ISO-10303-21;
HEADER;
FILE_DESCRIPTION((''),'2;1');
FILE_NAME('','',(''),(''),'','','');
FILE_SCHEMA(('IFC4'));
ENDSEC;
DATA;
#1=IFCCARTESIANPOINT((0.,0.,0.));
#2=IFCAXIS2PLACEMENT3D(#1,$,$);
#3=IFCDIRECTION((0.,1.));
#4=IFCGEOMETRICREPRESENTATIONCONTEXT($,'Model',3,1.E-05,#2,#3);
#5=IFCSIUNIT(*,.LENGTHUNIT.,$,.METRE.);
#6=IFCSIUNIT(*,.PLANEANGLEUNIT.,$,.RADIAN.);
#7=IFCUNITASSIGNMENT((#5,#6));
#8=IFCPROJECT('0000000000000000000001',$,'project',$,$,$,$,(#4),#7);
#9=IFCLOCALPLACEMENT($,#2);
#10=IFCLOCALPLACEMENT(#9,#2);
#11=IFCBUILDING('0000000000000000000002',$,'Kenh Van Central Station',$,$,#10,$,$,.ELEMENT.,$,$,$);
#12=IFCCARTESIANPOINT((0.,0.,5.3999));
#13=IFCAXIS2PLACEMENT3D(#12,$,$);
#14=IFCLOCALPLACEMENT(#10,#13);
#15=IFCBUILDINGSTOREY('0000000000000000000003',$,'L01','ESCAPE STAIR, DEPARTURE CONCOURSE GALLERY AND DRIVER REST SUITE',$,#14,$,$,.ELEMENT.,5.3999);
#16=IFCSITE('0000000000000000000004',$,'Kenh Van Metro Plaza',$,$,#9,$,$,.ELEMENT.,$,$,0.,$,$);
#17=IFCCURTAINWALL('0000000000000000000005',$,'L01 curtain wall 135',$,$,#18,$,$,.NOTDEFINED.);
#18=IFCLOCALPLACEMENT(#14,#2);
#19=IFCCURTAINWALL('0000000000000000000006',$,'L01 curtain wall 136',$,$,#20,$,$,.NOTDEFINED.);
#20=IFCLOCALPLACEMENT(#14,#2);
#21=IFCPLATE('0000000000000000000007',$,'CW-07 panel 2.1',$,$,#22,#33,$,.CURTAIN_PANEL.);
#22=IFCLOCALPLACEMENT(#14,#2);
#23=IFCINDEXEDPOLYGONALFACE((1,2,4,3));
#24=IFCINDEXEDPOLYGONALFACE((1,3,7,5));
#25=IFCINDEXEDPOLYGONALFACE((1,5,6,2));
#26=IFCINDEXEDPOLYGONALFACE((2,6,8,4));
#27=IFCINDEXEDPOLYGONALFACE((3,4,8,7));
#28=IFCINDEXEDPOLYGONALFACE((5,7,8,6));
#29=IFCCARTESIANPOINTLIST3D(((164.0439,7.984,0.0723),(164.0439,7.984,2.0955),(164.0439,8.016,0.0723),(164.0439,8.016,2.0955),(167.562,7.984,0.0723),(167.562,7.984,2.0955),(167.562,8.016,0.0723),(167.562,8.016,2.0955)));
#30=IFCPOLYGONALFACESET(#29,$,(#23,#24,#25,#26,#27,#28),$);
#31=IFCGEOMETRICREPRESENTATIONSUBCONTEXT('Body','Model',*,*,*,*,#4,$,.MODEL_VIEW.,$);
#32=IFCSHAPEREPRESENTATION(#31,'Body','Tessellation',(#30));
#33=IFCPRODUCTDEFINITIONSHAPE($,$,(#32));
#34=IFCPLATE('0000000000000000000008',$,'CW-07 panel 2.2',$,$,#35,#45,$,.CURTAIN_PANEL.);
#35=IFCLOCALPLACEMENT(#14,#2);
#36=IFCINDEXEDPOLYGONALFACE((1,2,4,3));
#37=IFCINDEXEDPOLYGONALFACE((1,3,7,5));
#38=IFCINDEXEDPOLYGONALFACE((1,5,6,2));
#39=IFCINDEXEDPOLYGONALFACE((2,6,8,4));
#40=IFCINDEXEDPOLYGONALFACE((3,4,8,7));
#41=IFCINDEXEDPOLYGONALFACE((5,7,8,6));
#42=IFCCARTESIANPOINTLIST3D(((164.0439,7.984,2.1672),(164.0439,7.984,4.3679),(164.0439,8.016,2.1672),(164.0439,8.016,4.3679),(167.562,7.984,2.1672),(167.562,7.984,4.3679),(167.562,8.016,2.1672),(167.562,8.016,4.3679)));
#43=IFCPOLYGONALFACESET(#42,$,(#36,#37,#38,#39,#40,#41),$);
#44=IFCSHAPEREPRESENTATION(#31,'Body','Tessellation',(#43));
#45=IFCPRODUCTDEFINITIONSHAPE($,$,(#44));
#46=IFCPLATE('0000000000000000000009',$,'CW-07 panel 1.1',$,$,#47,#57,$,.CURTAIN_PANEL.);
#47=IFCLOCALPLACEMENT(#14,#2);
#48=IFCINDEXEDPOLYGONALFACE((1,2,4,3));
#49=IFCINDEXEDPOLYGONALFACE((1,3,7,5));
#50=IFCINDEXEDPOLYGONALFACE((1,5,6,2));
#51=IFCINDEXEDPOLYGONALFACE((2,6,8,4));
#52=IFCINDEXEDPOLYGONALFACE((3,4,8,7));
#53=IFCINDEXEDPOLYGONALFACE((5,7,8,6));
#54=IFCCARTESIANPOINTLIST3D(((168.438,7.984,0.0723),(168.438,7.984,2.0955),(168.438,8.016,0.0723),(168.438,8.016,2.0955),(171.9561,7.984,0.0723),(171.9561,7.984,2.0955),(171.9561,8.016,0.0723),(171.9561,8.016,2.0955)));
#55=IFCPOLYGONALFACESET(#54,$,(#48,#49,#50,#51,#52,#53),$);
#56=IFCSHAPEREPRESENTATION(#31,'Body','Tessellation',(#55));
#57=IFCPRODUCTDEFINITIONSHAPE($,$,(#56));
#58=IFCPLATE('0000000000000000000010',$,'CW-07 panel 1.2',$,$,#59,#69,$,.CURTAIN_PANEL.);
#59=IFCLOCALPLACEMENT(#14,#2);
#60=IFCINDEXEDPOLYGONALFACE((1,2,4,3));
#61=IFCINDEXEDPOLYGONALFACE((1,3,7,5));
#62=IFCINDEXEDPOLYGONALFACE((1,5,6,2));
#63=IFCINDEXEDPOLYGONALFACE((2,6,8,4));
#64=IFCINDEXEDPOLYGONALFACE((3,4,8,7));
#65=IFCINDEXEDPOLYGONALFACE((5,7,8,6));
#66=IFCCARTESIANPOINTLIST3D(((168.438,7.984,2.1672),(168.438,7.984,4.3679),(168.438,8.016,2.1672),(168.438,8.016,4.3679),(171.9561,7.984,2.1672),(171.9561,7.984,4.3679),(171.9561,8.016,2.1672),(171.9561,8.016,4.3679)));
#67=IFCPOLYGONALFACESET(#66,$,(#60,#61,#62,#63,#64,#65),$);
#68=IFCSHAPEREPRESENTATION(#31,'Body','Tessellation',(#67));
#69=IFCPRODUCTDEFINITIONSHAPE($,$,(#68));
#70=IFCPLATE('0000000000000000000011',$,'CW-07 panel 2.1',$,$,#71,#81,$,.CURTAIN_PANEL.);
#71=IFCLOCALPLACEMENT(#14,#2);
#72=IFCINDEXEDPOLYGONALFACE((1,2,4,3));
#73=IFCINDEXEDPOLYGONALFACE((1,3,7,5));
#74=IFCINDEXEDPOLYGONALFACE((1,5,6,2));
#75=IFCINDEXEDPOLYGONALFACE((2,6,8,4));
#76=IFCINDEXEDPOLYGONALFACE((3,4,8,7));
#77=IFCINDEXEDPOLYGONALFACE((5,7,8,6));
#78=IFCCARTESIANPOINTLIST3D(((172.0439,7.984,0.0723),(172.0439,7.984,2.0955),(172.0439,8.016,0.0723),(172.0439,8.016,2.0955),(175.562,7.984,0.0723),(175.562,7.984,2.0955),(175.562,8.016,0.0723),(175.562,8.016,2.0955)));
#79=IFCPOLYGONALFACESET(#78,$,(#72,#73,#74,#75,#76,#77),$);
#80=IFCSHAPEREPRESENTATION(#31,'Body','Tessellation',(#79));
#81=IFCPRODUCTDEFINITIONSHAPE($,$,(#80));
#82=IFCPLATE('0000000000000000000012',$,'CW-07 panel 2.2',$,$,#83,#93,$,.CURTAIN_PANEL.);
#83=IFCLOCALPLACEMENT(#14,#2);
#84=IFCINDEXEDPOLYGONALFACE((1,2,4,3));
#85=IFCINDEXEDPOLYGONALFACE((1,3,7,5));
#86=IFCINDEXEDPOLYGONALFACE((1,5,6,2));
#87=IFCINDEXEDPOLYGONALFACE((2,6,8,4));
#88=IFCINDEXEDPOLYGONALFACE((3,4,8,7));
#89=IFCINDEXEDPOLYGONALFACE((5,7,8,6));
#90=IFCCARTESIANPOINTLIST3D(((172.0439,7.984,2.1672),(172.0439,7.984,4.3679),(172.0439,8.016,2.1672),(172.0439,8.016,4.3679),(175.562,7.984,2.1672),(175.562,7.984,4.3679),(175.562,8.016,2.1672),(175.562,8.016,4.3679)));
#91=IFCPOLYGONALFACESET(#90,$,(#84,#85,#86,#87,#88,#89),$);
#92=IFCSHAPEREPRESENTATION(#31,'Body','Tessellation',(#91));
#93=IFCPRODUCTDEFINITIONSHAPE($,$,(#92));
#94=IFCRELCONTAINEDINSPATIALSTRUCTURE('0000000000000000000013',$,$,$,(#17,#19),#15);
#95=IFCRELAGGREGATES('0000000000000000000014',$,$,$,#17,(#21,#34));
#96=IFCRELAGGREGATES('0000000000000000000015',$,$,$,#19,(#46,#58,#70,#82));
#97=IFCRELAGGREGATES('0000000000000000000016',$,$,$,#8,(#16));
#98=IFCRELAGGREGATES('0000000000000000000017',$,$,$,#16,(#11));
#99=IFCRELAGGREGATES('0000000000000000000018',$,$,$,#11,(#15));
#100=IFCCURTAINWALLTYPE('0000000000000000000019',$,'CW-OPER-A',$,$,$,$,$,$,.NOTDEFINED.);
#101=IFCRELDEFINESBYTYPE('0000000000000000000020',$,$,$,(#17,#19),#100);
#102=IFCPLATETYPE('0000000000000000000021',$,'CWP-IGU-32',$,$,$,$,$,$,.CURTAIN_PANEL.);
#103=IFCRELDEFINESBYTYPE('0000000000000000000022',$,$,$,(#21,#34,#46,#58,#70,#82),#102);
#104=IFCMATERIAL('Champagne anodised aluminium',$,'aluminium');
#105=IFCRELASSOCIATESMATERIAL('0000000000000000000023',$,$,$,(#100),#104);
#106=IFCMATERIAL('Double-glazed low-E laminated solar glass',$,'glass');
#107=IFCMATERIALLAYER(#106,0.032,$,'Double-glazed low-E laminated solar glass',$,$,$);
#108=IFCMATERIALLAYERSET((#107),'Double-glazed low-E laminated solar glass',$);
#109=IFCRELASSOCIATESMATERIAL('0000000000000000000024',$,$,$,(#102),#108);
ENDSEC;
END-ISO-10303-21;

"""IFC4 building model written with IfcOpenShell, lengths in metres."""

from ifc_helpers import new_model, si_unit, direction, frame, origin, origin_2d, place, context, subcontext, project, spatial, rectangle, extrude, material, layer, layer_set, type_object, element, aggregate, save


model = new_model("IFC4")

# Units and contexts
model_context = context("Model", 3, precision=1e-05, world=origin(), true_north=direction((0.0, 1.0)))
body_context = subcontext(model_context, "Body", "Model", "MODEL_VIEW")
ifc_project = project(units=[si_unit("LENGTHUNIT", "METRE"), si_unit("PLANEANGLEUNIT", "RADIAN")], contexts=[model_context])

# Site, building, storey
site_placement = place(None, origin())
site = spatial("IfcSite", under=ifc_project, at=site_placement, Name="Kenh Van Metro Plaza", CompositionType="ELEMENT", RefElevation=0.0)
building_placement = place(site_placement, origin())
building = spatial("IfcBuilding", under=site, at=building_placement, Name="Kenh Van Central Station", CompositionType="ELEMENT")
storey_placement = place(building_placement, frame((0.0, 0.0, 5.3999)))
storey = spatial("IfcBuildingStorey", under=building, at=storey_placement, Name="L01", Description="ESCAPE STAIR, DEPARTURE CONCOURSE GALLERY AND DRIVER REST SUITE", CompositionType="ELEMENT", Elevation=5.3999)

# Curtain walls
ifc_material_1 = material(Name="Champagne anodised aluminium", Category="aluminium")
curtain_wall_type = type_object("IfcCurtainWallType", Name="CW-OPER-A", PredefinedType="NOTDEFINED", material=ifc_material_1)
curtain_wall_1_placement = place(storey_placement, origin())
curtain_wall_1 = element("IfcCurtainWall", 1, at=curtain_wall_1_placement, inside=storey, type_object=curtain_wall_type, Name="L01 curtain wall 135", PredefinedType="NOTDEFINED")
curtain_wall_2_placement = place(storey_placement, origin())
curtain_wall_2 = element("IfcCurtainWall", 2, at=curtain_wall_2_placement, inside=storey, type_object=curtain_wall_type, Name="L01 curtain wall 136", PredefinedType="NOTDEFINED")

# Plates
ifc_material_2 = material(Name="Double-glazed low-E laminated solar glass", Category="glass")
ifc_layer = layer(ifc_material_2, 0.032, Name="Double-glazed low-E laminated solar glass")
ifc_layer_set = layer_set([ifc_layer], Name="Double-glazed low-E laminated solar glass")
plate_type = type_object("IfcPlateType", Name="CWP-IGU-32", PredefinedType="CURTAIN_PANEL", material=ifc_layer_set)
plate_1_placement = place(storey_placement, frame((165.803, 8.0, 0.0723), z_axis=(0.0, 0.0, 1.0), x_axis=(1.0, 0.0, 0.0)))
plate_1 = element("IfcPlate", 3, at=plate_1_placement, type_object=plate_type, Name="CW-07 panel 2.1", PredefinedType="CURTAIN_PANEL", context=body_context, shape_type="SweptSolid", body=[
    extrude(rectangle(XDim=3.5181, YDim=0.032, at=origin_2d()), origin(), (0.0, 0.0, 1.0), 2.0232),
])
plate_2_placement = place(storey_placement, frame((165.803, 8.0, 2.1672), z_axis=(0.0, 0.0, 1.0), x_axis=(1.0, 0.0, 0.0)))
plate_2 = element("IfcPlate", 4, at=plate_2_placement, type_object=plate_type, Name="CW-07 panel 2.2", PredefinedType="CURTAIN_PANEL", context=body_context, shape_type="SweptSolid", body=[
    extrude(rectangle(XDim=3.5181, YDim=0.032, at=origin_2d()), origin(), (0.0, 0.0, 1.0), 2.2007),
])
aggregate(curtain_wall_1, [plate_1, plate_2])
plate_3_placement = place(storey_placement, frame((170.197, 8.0, 0.0723), z_axis=(0.0, 0.0, 1.0), x_axis=(1.0, 0.0, 0.0)))
plate_3 = element("IfcPlate", 5, at=plate_3_placement, type_object=plate_type, Name="CW-07 panel 1.1", PredefinedType="CURTAIN_PANEL", context=body_context, shape_type="SweptSolid", body=[
    extrude(rectangle(XDim=3.5181, YDim=0.032, at=origin_2d()), origin(), (0.0, 0.0, 1.0), 2.0232),
])
plate_4_placement = place(storey_placement, frame((170.197, 8.0, 2.1672), z_axis=(0.0, 0.0, 1.0), x_axis=(1.0, 0.0, 0.0)))
plate_4 = element("IfcPlate", 6, at=plate_4_placement, type_object=plate_type, Name="CW-07 panel 1.2", PredefinedType="CURTAIN_PANEL", context=body_context, shape_type="SweptSolid", body=[
    extrude(rectangle(XDim=3.5181, YDim=0.032, at=origin_2d()), origin(), (0.0, 0.0, 1.0), 2.2007),
])
plate_5_placement = place(storey_placement, frame((173.803, 8.0, 0.0723), z_axis=(0.0, 0.0, 1.0), x_axis=(1.0, 0.0, 0.0)))
plate_5 = element("IfcPlate", 7, at=plate_5_placement, type_object=plate_type, Name="CW-07 panel 2.1", PredefinedType="CURTAIN_PANEL", context=body_context, shape_type="SweptSolid", body=[
    extrude(rectangle(XDim=3.5181, YDim=0.032, at=origin_2d()), origin(), (0.0, 0.0, 1.0), 2.0232),
])
plate_6_placement = place(storey_placement, frame((173.803, 8.0, 2.1672), z_axis=(0.0, 0.0, 1.0), x_axis=(1.0, 0.0, 0.0)))
plate_6 = element("IfcPlate", 8, at=plate_6_placement, type_object=plate_type, Name="CW-07 panel 2.2", PredefinedType="CURTAIN_PANEL", context=body_context, shape_type="SweptSolid", body=[
    extrude(rectangle(XDim=3.5181, YDim=0.032, at=origin_2d()), origin(), (0.0, 0.0, 1.0), 2.2007),
])
aggregate(curtain_wall_2, [plate_3, plate_4, plate_5, plate_6])

save(model, "model.ifc")
